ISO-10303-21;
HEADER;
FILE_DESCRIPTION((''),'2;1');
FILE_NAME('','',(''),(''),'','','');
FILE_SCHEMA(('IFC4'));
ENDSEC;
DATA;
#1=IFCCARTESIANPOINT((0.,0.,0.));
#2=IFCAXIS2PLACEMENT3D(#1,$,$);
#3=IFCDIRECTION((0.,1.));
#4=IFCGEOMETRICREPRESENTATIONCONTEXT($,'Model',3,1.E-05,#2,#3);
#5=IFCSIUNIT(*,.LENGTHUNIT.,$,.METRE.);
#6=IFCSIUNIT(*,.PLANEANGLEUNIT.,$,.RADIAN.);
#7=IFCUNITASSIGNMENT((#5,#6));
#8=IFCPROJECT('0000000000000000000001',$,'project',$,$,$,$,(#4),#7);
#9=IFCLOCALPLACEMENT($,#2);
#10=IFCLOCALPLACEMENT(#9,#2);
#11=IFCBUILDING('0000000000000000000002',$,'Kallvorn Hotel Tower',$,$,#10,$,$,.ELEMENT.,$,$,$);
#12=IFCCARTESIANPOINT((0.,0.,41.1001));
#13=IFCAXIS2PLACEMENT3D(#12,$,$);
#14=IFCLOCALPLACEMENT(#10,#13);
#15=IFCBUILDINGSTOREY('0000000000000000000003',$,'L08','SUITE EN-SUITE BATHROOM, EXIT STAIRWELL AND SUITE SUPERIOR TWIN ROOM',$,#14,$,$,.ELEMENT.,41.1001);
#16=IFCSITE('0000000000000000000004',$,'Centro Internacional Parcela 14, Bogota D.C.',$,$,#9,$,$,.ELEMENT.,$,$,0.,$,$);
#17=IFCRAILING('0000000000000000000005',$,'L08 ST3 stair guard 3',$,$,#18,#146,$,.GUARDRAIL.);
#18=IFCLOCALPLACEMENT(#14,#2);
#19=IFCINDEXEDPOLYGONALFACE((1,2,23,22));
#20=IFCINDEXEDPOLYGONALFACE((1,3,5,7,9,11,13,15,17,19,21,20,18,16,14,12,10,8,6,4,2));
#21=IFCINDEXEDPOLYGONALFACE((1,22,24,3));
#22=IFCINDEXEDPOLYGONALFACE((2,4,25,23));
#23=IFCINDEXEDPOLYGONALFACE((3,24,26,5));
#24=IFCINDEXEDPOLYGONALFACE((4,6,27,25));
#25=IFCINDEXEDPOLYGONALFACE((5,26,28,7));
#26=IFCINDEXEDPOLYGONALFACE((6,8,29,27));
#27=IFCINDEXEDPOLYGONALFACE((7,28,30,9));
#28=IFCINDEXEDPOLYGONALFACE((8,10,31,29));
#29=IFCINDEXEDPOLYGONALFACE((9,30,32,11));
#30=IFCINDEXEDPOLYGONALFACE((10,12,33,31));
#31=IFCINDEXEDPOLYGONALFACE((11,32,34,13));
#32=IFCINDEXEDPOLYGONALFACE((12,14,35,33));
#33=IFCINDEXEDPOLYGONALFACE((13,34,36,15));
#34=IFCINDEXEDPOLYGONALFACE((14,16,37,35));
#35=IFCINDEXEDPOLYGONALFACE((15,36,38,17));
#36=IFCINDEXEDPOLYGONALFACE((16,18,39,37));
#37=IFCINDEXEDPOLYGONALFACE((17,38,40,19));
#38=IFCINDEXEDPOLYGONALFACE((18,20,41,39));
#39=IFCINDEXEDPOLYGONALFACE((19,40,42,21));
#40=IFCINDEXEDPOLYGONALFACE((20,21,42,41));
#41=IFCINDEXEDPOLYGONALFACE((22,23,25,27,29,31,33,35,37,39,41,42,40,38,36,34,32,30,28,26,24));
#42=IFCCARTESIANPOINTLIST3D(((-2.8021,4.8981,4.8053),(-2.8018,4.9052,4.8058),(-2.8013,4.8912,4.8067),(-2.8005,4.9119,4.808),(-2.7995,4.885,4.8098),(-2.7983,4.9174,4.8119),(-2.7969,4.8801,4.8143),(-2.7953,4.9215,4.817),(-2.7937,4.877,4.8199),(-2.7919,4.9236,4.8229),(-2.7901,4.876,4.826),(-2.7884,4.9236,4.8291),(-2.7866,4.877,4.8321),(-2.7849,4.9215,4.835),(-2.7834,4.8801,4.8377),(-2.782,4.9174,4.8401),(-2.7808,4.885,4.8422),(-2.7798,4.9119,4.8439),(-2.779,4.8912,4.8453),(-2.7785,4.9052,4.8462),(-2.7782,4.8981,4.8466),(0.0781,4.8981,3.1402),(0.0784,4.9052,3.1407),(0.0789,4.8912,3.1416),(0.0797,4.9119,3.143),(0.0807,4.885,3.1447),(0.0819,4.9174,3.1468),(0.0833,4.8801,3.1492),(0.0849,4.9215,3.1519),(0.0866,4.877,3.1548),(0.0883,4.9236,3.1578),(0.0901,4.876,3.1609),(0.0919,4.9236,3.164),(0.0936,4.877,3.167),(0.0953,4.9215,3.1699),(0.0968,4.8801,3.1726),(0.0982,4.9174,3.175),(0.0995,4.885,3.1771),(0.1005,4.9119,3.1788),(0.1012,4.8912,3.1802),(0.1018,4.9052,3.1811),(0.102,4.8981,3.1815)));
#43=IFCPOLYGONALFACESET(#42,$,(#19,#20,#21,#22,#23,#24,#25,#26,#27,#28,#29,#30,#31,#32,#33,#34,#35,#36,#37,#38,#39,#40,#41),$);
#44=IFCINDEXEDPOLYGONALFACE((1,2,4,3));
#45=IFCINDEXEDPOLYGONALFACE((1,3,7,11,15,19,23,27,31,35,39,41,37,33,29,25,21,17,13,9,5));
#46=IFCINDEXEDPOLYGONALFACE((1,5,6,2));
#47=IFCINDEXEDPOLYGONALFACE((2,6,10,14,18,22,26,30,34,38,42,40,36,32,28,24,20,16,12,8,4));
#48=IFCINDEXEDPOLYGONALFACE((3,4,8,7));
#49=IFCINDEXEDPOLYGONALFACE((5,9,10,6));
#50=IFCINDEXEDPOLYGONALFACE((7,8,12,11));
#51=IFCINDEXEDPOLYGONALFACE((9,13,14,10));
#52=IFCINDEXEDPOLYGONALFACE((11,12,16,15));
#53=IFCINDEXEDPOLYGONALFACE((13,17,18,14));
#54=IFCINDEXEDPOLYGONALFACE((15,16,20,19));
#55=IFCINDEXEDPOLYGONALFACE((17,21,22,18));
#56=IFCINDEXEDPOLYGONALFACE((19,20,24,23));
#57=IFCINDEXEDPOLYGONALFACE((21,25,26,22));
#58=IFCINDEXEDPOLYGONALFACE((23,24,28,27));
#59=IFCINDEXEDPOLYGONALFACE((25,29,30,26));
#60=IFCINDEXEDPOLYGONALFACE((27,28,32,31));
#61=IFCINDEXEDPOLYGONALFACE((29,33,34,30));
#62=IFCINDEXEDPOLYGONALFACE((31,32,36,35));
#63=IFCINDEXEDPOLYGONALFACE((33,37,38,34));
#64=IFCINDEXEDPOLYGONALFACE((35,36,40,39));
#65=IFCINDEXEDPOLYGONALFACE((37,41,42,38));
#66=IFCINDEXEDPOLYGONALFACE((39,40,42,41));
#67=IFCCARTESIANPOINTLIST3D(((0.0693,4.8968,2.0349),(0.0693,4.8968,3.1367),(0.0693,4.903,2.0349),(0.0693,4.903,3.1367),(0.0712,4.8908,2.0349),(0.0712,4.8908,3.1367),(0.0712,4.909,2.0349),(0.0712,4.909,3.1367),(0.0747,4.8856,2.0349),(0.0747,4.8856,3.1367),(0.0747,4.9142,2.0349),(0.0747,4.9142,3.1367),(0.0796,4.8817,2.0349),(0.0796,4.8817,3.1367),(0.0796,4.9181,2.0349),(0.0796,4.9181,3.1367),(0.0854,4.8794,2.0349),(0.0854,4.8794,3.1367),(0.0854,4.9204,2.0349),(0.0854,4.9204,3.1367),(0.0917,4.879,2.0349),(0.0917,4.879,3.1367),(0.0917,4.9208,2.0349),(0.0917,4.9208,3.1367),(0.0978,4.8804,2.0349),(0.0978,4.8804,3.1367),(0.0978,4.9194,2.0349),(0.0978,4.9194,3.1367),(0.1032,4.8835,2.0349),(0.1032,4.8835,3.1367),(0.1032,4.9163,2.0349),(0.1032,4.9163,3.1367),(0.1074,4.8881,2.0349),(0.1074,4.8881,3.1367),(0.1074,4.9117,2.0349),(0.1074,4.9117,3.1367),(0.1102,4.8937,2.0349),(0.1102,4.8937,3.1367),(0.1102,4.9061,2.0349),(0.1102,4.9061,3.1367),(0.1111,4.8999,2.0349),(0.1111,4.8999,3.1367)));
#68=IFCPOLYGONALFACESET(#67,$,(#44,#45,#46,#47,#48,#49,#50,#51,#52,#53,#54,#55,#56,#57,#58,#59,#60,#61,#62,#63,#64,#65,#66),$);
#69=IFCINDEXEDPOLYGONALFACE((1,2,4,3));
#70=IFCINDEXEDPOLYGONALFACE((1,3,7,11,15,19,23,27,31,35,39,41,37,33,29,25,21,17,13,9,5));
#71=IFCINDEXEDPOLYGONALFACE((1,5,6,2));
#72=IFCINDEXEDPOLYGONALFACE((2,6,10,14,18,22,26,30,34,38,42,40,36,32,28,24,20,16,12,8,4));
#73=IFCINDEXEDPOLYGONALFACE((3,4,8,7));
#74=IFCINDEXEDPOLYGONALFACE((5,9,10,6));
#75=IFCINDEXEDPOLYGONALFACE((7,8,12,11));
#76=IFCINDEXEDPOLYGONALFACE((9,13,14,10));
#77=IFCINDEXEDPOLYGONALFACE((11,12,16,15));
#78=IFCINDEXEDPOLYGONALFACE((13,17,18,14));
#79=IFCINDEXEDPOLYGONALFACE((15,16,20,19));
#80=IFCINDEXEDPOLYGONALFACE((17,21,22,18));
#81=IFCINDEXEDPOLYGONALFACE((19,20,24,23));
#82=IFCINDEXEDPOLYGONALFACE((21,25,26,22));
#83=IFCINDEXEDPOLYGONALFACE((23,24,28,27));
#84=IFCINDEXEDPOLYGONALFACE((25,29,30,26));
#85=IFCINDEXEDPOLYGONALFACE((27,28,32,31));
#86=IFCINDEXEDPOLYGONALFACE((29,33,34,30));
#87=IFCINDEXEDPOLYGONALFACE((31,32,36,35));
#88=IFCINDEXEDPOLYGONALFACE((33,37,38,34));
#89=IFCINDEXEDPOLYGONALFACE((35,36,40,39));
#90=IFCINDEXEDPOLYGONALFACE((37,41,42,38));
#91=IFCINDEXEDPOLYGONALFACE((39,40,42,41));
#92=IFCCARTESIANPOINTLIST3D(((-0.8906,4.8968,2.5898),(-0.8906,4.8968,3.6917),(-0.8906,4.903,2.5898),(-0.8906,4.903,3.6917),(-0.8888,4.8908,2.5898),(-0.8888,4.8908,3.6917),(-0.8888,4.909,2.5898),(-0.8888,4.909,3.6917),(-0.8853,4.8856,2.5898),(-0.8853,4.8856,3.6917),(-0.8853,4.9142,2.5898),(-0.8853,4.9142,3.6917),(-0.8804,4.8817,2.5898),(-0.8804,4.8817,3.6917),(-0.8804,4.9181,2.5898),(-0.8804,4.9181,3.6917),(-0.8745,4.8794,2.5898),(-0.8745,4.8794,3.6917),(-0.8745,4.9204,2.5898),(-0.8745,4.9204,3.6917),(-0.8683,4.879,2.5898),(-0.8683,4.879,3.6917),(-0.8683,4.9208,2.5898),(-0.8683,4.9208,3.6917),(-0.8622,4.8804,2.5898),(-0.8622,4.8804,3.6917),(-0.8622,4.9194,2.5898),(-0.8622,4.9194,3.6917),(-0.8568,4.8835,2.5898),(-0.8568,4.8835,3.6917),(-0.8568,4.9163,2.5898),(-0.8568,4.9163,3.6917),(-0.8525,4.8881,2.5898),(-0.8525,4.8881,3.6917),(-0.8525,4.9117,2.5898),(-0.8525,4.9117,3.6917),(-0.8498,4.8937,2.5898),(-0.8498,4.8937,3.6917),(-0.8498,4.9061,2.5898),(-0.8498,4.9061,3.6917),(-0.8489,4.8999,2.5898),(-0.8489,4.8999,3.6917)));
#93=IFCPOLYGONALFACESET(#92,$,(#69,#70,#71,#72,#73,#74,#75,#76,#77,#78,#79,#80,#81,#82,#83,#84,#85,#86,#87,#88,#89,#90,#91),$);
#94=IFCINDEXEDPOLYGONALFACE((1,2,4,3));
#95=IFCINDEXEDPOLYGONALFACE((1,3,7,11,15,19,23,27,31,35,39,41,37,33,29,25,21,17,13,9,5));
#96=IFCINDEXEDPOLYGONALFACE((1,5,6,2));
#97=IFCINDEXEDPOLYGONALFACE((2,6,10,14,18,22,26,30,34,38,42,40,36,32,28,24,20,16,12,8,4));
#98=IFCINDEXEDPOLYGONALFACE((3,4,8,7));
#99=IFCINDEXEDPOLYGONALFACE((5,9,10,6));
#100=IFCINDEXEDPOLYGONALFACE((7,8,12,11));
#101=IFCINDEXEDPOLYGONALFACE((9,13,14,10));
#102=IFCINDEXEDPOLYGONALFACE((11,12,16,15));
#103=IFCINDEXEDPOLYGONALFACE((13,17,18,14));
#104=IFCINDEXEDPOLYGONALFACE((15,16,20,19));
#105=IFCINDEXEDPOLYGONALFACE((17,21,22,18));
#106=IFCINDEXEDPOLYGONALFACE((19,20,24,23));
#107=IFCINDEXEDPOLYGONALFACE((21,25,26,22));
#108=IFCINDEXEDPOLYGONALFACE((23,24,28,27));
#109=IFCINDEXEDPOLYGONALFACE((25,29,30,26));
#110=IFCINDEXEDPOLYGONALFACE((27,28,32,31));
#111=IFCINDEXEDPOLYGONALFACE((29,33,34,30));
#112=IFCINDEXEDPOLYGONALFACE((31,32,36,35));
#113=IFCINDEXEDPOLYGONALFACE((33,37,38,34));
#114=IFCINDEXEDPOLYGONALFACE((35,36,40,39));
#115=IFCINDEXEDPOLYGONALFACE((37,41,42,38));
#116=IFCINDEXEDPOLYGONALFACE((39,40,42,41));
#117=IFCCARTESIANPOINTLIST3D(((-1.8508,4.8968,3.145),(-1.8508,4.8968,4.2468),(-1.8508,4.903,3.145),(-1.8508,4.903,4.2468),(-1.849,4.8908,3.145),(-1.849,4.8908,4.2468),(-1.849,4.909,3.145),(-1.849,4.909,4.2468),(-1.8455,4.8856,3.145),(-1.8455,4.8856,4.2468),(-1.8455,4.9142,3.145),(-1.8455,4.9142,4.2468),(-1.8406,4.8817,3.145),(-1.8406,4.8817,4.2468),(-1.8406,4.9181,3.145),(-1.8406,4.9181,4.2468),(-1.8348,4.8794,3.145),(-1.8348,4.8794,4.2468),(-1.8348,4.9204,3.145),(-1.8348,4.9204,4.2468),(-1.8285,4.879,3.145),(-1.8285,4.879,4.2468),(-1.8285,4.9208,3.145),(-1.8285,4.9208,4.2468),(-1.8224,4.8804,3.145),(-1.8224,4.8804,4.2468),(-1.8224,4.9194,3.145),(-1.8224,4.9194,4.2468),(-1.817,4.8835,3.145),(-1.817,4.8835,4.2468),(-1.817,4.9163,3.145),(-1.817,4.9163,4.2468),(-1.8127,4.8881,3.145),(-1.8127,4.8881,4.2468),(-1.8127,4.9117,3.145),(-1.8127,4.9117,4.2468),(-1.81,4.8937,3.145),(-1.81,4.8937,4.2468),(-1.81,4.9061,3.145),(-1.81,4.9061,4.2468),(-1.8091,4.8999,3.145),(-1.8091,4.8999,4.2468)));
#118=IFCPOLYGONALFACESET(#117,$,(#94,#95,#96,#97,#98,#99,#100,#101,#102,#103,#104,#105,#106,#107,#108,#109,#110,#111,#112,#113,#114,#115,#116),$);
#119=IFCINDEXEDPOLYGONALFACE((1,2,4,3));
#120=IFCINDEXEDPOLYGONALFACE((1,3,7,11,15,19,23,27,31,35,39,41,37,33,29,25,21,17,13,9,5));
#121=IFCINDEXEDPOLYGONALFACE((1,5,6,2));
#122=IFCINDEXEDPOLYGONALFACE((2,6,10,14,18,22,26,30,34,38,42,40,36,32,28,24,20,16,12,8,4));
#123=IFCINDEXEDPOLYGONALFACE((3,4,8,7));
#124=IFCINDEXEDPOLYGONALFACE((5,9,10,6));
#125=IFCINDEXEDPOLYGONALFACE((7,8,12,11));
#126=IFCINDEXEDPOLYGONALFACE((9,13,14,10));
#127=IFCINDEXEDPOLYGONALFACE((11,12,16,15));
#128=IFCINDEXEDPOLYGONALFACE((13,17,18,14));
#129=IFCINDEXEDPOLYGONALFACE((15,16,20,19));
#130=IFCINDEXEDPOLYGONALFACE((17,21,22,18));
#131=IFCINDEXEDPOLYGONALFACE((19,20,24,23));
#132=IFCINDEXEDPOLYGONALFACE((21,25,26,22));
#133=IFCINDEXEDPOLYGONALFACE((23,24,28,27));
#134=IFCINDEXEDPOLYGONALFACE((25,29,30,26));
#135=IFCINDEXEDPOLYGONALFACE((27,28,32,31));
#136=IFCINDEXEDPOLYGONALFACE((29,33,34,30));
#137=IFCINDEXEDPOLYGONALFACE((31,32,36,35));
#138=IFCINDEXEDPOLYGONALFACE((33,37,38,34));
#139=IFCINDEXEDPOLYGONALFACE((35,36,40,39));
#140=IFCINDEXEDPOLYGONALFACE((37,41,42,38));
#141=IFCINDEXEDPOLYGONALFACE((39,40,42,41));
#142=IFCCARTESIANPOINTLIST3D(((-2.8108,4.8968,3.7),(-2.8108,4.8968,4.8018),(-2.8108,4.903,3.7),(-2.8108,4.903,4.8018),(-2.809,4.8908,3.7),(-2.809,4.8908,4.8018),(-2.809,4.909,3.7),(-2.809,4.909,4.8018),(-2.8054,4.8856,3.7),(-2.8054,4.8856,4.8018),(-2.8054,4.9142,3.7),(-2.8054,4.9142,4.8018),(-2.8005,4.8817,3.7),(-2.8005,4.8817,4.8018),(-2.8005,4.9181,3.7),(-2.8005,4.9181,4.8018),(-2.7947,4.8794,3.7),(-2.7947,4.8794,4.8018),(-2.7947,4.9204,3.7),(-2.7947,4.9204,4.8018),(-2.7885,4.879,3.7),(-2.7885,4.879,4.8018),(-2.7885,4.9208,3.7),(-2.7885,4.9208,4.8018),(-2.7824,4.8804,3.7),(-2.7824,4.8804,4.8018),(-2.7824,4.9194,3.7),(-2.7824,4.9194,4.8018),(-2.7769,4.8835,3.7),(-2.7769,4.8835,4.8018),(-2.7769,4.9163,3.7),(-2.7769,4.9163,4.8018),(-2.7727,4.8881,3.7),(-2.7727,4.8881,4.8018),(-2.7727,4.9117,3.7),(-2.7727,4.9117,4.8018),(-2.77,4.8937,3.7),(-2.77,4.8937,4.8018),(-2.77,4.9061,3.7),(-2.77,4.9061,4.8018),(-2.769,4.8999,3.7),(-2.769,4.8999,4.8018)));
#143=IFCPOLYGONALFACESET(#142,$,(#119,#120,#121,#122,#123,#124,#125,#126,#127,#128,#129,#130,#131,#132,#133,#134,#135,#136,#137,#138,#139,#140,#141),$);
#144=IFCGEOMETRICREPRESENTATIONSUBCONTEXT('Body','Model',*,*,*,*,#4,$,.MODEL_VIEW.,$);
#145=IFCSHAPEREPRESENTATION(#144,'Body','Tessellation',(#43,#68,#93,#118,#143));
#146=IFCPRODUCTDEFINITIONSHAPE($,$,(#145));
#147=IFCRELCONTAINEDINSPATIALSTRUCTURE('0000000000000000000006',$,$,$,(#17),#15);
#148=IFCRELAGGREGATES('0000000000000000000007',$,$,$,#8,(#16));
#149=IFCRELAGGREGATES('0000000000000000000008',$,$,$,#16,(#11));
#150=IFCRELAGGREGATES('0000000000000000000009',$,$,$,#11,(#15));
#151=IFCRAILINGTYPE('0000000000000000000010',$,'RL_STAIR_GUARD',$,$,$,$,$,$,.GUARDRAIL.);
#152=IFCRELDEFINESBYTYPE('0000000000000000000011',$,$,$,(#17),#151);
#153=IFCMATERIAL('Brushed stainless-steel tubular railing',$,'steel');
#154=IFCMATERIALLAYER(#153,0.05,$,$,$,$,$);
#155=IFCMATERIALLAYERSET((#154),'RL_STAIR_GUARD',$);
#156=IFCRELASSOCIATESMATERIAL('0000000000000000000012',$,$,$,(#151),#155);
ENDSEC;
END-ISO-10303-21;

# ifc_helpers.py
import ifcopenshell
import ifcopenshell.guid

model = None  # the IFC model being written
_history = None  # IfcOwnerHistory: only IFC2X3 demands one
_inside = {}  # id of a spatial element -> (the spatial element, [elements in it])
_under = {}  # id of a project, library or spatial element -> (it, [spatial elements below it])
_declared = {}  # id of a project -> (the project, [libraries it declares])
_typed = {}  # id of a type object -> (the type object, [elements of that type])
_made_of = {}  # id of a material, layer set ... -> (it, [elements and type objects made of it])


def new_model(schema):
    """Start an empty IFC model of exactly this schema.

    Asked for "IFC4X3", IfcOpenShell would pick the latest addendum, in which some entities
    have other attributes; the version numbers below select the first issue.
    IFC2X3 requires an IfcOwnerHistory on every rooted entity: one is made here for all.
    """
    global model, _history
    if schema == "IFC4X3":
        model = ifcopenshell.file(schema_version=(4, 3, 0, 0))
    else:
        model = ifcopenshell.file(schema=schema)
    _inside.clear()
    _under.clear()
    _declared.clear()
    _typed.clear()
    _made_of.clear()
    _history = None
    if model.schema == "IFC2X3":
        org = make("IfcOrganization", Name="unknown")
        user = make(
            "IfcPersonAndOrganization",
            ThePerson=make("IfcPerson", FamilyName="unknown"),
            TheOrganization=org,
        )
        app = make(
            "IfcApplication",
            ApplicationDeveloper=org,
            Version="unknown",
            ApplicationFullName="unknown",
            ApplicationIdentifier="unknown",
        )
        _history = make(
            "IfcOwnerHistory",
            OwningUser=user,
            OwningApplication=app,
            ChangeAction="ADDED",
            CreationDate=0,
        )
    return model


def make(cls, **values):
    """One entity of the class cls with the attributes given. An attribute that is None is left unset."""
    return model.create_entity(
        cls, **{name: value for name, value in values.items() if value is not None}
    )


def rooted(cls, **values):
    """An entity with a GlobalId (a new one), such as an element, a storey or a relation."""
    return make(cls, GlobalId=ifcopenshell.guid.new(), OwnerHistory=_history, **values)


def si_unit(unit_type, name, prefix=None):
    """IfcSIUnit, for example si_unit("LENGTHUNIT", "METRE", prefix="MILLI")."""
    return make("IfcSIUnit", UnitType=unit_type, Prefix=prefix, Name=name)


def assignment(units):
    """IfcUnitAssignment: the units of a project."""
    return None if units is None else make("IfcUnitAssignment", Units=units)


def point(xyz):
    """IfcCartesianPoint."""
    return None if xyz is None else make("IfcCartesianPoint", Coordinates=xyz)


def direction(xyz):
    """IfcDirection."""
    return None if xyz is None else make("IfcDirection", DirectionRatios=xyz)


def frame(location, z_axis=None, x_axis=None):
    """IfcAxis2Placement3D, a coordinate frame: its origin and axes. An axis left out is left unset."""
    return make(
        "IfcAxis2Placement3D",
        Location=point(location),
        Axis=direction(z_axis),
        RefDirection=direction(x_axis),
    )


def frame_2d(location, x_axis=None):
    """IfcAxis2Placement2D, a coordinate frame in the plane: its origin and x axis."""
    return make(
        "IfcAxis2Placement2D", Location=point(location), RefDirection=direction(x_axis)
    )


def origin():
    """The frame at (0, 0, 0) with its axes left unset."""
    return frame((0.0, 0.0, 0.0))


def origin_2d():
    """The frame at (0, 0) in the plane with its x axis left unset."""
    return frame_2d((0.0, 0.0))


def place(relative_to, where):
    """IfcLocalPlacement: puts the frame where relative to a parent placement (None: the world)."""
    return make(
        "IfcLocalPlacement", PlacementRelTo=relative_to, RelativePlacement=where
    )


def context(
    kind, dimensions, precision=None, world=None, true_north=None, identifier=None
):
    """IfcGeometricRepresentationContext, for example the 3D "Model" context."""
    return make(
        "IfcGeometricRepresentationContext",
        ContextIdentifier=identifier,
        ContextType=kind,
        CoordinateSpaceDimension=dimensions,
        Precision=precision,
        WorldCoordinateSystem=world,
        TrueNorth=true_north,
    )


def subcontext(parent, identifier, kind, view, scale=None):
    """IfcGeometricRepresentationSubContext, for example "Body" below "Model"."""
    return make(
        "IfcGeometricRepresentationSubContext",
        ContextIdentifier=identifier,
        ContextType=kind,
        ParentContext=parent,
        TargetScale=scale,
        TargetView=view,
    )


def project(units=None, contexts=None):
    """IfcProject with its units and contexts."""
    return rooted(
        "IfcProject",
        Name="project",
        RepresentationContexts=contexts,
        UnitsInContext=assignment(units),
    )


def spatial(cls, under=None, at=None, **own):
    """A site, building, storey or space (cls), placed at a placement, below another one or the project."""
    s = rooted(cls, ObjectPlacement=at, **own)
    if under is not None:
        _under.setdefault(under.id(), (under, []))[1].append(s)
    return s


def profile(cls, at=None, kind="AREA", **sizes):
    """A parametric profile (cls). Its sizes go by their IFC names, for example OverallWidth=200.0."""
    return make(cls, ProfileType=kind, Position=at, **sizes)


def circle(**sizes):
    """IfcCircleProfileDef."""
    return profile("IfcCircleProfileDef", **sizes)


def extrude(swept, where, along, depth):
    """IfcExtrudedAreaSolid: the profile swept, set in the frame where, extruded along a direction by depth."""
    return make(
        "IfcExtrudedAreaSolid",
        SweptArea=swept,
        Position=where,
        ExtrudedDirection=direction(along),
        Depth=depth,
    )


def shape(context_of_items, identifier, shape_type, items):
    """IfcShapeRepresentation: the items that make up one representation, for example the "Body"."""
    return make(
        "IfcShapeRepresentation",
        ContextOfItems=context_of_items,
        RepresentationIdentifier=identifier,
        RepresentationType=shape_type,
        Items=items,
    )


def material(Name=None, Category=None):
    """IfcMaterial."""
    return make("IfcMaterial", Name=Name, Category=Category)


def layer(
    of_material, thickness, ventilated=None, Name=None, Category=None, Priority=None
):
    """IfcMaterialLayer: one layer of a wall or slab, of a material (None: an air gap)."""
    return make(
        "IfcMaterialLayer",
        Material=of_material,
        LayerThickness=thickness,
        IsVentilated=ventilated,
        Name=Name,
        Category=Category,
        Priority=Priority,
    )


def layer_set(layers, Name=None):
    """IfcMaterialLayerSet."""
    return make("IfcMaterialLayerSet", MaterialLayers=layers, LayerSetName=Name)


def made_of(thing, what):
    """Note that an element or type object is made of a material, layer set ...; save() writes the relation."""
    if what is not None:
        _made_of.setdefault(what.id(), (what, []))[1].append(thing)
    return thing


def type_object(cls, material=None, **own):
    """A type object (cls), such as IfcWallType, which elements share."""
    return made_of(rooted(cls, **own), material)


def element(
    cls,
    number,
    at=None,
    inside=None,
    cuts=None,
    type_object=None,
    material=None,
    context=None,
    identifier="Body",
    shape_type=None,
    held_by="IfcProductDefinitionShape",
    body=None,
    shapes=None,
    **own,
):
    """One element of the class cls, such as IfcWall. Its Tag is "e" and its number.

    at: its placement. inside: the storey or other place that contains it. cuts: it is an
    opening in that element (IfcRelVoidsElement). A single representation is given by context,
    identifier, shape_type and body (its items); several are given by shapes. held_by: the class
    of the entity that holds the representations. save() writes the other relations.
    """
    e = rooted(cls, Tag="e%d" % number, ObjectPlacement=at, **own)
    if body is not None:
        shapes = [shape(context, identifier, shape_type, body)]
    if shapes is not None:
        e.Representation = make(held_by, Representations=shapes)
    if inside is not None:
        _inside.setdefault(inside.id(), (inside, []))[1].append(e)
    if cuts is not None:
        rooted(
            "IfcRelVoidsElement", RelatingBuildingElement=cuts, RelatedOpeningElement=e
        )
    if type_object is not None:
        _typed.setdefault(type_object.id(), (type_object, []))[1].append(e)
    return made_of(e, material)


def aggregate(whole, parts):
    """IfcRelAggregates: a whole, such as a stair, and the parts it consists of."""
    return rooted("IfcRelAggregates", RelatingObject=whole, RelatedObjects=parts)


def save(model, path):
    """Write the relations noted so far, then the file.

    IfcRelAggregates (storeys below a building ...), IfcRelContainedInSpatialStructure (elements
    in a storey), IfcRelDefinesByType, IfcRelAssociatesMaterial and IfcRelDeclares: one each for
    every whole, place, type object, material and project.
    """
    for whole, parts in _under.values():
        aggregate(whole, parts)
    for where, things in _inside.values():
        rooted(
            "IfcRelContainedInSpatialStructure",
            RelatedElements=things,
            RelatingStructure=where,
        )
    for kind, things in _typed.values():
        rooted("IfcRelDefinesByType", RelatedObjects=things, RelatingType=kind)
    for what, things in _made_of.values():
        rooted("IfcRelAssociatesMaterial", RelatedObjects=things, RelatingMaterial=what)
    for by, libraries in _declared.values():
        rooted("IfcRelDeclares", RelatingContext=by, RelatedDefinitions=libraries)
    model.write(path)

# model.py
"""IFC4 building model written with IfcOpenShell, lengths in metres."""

from ifc_helpers import new_model, si_unit, direction, frame, origin, origin_2d, place, context, subcontext, project, spatial, circle, extrude, material, layer, layer_set, type_object, element, save


model = new_model("IFC4")

# Units and contexts
model_context = context("Model", 3, precision=1e-05, world=origin(), true_north=direction((0.0, 1.0)))
body_context = subcontext(model_context, "Body", "Model", "MODEL_VIEW")
ifc_project = project(units=[si_unit("LENGTHUNIT", "METRE"), si_unit("PLANEANGLEUNIT", "RADIAN")], contexts=[model_context])

# Site, building, storey
site_placement = place(None, origin())
site = spatial("IfcSite", under=ifc_project, at=site_placement, Name="Centro Internacional Parcela 14, Bogota D.C.", CompositionType="ELEMENT", RefElevation=0.0)
building_placement = place(site_placement, origin())
building = spatial("IfcBuilding", under=site, at=building_placement, Name="Kallvorn Hotel Tower", CompositionType="ELEMENT")
storey_placement = place(building_placement, frame((0.0, 0.0, 41.1001)))
storey = spatial("IfcBuildingStorey", under=building, at=storey_placement, Name="L08", Description="SUITE EN-SUITE BATHROOM, EXIT STAIRWELL AND SUITE SUPERIOR TWIN ROOM", CompositionType="ELEMENT", Elevation=41.1001)

# Railing
ifc_material_1 = material(Name="Brushed stainless-steel tubular railing", Category="steel")
ifc_layer_1 = layer(ifc_material_1, 0.05)
ifc_layer_set_1 = layer_set([ifc_layer_1], Name="RL_STAIR_GUARD")
railing_type_1 = type_object("IfcRailingType", Name="RL_STAIR_GUARD", PredefinedType="GUARDRAIL", material=ifc_layer_set_1)
railing_1_placement = place(storey_placement, frame((0.0901, 4.8999, 2.0349)))
element("IfcRailing", 1, at=railing_1_placement, inside=storey, type_object=railing_type_1, Name="L08 ST3 stair guard 3", PredefinedType="GUARDRAIL", context=body_context, shape_type="SweptSolid", body=[
    extrude(circle(Radius=0.0239, at=origin_2d()), frame((0.0, 0.0, 1.126), z_axis=(-0.865739, 0.0, 0.500495), x_axis=(0.0, -1.0, 0.0)), (0.0, 0.0, 1.0), 3.3269),
    extrude(circle(Radius=0.021, at=origin_2d()), origin(), (0.0, 0.0, 1.0), 1.1018),
    extrude(circle(Radius=0.021, at=origin_2d()), frame((-0.96, 0.0, 0.5549)), (0.0, 0.0, 1.0), 1.1018),
    extrude(circle(Radius=0.021, at=origin_2d()), frame((-1.9202, 0.0, 1.1101)), (0.0, 0.0, 1.0), 1.1018),
    extrude(circle(Radius=0.021, at=origin_2d()), frame((-2.8801, 0.0, 1.665)), (0.0, 0.0, 1.0), 1.1018),
])

save(model, "model.ifc")
